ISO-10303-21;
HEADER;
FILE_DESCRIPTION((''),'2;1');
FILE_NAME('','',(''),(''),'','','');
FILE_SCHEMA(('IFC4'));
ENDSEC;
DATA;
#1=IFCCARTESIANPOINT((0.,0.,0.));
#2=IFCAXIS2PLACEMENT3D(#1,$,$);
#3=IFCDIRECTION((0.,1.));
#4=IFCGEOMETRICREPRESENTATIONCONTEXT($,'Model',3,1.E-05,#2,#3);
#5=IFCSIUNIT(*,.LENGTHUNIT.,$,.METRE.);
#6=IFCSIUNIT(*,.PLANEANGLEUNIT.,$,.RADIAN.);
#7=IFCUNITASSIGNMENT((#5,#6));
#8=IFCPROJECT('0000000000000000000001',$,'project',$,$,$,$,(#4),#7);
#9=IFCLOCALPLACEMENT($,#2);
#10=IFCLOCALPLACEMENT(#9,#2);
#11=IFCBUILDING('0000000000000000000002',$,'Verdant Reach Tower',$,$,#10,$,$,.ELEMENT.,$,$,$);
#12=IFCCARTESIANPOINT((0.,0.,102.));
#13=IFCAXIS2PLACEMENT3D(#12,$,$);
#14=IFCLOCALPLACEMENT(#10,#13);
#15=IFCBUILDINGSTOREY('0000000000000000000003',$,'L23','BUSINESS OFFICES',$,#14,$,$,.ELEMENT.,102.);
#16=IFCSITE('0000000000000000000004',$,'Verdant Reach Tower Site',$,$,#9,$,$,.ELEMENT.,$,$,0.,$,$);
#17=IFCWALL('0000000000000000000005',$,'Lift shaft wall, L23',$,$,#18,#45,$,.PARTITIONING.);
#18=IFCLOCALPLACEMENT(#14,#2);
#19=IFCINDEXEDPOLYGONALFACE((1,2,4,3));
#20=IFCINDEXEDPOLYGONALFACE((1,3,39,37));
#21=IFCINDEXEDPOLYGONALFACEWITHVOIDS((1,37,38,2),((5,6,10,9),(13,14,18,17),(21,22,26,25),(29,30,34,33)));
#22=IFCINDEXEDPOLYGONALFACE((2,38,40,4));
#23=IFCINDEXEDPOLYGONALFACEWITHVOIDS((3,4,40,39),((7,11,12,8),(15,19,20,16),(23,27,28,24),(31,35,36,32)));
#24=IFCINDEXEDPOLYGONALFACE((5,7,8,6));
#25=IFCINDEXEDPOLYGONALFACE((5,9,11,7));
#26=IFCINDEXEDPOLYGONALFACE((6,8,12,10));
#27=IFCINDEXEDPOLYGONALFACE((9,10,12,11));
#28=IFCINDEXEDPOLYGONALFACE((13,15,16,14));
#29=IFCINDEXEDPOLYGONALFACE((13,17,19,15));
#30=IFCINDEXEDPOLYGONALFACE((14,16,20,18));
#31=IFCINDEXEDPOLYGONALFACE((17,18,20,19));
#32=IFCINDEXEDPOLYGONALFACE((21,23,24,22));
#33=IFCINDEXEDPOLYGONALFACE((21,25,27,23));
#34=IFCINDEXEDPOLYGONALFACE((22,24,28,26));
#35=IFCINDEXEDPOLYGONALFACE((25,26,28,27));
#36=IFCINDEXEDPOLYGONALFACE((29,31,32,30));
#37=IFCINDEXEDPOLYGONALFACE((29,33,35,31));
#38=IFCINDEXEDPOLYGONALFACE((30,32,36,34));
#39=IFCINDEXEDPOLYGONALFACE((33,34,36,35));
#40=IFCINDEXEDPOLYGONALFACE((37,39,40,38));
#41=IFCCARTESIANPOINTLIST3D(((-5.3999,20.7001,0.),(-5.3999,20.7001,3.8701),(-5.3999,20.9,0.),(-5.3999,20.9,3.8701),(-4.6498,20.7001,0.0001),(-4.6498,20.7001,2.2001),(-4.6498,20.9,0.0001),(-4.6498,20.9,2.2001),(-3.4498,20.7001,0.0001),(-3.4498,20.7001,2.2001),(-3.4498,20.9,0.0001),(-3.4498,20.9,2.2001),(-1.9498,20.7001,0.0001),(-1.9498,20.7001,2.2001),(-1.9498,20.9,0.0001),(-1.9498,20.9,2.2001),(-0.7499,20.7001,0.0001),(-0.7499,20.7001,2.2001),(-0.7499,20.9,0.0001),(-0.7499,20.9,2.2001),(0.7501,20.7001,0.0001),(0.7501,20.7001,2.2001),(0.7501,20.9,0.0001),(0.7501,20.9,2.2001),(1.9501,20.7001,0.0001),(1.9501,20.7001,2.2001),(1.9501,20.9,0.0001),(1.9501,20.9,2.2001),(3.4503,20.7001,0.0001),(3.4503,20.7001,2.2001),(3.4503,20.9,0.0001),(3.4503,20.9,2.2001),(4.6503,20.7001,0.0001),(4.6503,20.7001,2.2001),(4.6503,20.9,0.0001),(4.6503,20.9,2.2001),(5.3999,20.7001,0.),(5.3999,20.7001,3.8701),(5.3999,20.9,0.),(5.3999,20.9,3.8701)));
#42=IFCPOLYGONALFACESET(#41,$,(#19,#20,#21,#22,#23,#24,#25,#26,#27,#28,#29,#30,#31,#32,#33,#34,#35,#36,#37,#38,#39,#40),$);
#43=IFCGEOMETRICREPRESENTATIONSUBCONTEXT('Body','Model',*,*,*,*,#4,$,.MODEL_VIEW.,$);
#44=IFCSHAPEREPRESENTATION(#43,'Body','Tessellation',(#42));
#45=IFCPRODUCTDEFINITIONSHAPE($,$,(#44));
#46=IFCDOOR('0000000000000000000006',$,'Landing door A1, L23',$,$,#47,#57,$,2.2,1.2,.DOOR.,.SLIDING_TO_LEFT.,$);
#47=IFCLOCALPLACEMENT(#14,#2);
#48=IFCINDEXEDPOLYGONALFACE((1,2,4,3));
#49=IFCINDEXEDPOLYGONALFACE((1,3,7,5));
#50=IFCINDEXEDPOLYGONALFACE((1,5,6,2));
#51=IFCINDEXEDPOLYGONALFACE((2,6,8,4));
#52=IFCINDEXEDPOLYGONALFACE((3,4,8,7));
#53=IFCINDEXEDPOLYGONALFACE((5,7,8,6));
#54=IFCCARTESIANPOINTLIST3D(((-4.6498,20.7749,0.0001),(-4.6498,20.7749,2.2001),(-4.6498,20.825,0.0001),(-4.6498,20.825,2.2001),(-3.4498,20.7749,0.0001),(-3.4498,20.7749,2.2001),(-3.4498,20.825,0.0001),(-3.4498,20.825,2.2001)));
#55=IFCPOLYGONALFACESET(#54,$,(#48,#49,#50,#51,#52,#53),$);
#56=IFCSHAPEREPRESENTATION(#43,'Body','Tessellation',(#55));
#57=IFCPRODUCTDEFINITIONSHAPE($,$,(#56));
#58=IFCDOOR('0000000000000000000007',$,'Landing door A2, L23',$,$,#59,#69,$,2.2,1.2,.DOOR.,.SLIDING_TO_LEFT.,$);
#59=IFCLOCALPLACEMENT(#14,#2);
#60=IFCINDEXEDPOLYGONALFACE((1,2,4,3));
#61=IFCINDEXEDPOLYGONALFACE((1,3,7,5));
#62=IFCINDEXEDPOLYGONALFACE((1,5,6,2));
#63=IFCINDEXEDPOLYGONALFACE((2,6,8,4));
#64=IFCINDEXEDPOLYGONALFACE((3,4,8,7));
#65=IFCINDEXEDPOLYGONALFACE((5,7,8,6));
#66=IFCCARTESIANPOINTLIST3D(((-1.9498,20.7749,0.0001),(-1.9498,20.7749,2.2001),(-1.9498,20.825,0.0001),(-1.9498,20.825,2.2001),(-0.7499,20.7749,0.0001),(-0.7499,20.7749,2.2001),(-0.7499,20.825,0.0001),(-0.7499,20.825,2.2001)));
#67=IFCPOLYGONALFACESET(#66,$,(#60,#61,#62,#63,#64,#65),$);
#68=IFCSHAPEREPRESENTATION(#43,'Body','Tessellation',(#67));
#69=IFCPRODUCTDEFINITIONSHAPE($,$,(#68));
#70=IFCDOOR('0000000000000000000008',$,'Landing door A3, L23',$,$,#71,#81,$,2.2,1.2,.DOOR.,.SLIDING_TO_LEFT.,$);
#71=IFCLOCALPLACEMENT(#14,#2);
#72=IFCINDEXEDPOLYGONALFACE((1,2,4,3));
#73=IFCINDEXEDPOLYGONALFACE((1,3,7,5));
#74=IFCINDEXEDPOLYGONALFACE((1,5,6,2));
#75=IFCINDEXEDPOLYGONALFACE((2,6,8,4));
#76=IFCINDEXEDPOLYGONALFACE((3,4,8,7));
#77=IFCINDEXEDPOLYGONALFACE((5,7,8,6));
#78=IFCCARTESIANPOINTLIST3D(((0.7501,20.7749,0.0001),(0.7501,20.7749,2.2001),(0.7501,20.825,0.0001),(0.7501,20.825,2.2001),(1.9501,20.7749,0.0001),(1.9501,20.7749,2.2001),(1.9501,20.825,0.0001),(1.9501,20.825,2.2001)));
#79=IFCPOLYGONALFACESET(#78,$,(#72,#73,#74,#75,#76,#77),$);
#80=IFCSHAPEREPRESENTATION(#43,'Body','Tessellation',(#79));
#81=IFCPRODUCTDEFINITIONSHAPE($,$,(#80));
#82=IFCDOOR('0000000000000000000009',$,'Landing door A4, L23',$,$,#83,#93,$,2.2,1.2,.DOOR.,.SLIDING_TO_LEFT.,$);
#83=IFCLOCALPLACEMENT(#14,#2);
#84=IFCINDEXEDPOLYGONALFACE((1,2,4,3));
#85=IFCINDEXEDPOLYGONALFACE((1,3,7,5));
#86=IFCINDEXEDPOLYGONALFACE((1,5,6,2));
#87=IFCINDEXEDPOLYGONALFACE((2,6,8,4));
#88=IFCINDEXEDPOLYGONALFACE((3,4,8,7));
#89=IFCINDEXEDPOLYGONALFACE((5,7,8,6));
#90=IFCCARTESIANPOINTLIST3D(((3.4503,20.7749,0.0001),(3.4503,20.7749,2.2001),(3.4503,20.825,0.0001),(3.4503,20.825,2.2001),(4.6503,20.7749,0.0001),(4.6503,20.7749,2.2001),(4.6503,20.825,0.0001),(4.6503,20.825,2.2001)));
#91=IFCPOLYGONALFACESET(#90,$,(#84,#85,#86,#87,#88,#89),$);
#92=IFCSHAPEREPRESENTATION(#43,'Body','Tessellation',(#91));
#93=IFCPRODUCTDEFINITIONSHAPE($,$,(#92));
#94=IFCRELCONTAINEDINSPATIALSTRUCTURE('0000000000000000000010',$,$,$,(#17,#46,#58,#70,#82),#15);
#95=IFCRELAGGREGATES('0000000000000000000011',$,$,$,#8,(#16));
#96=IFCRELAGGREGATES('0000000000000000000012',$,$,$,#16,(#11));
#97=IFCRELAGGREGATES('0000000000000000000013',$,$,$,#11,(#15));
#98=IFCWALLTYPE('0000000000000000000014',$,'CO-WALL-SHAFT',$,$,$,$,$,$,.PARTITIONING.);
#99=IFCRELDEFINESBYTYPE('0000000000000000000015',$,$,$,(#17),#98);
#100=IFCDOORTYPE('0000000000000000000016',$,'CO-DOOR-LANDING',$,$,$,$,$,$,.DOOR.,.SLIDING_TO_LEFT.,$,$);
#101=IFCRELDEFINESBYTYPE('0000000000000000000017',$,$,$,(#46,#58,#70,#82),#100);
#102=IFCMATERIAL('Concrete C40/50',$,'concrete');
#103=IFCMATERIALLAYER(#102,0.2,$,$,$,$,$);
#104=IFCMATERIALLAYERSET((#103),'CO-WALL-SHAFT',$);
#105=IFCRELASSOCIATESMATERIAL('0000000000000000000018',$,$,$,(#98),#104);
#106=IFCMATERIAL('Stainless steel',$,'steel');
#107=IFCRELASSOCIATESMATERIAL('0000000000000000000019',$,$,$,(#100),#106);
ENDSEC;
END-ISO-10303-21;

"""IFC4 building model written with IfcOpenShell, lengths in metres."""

from ifc_helpers import new_model, si_unit, direction, frame, frame_2d, origin, place, context, subcontext, project, spatial, rectangle, extrude, material, layer, layer_set, type_object, element, fill, save


model = new_model("IFC4")

# Units and contexts
model_context = context("Model", 3, precision=1e-05, world=origin(), true_north=direction((0.0, 1.0)))
body_context = subcontext(model_context, "Body", "Model", "MODEL_VIEW")
ifc_project = project(units=[si_unit("LENGTHUNIT", "METRE"), si_unit("PLANEANGLEUNIT", "RADIAN")], contexts=[model_context])

# Site, building, storey
site_placement = place(None, origin())
site = spatial("IfcSite", under=ifc_project, at=site_placement, Name="Verdant Reach Tower Site", CompositionType="ELEMENT", RefElevation=0.0)
building_placement = place(site_placement, origin())
building = spatial("IfcBuilding", under=site, at=building_placement, Name="Verdant Reach Tower", CompositionType="ELEMENT")
storey_placement = place(building_placement, frame((0.0, 0.0, 102.0)))
storey = spatial("IfcBuildingStorey", under=building, at=storey_placement, Name="L23", Description="BUSINESS OFFICES", CompositionType="ELEMENT", Elevation=102.0)

# Wall, openings, doors
ifc_material_1 = material(Name="Concrete C40/50", Category="concrete")
ifc_layer_1 = layer(ifc_material_1, 0.2)
ifc_layer_set_1 = layer_set([ifc_layer_1], Name="CO-WALL-SHAFT")
wall_type_1 = type_object("IfcWallType", Name="CO-WALL-SHAFT", PredefinedType="PARTITIONING", material=ifc_layer_set_1)
wall_1_placement = place(storey_placement, frame((-5.3999, 20.8, 0.0), z_axis=(0.0, 0.0, 1.0), x_axis=(1.0, 0.0, 0.0)))
wall_1 = element("IfcWall", 1, at=wall_1_placement, inside=storey, type_object=wall_type_1, Name="Lift shaft wall, L23", PredefinedType="PARTITIONING", context=body_context, shape_type="SweptSolid", body=[
    extrude(rectangle(XDim=10.7998, YDim=0.2, at=frame_2d((5.3999, 0.0))), origin(), (0.0, 0.0, 1.0), 3.8701),
])
opening_1_placement = place(wall_1_placement, frame((0.75, 0.0, 0.0)))
opening_1 = element("IfcOpeningElement", 2, at=opening_1_placement, cuts=wall_1, PredefinedType="OPENING", context=body_context, shape_type="SweptSolid", body=[
    extrude(rectangle(XDim=1.2, YDim=2.2, at=frame_2d((0.6001, 1.1001))), frame((0.0, 0.1099, 0.0), z_axis=(0.0, -1.0, 0.0), x_axis=(1.0, 0.0, 0.0)), (0.0, 0.0, 1.0), 0.22),
])
opening_2_placement = place(wall_1_placement, frame((3.45, 0.0, 0.0)))
opening_2 = element("IfcOpeningElement", 3, at=opening_2_placement, cuts=wall_1, PredefinedType="OPENING", context=body_context, shape_type="SweptSolid", body=[
    extrude(rectangle(XDim=1.2, YDim=2.2, at=frame_2d((0.6001, 1.1001))), frame((0.0, 0.1099, 0.0), z_axis=(0.0, -1.0, 0.0), x_axis=(1.0, 0.0, 0.0)), (0.0, 0.0, 1.0), 0.22),
])
opening_3_placement = place(wall_1_placement, frame((6.1499, 0.0, 0.0)))
opening_3 = element("IfcOpeningElement", 4, at=opening_3_placement, cuts=wall_1, PredefinedType="OPENING", context=body_context, shape_type="SweptSolid", body=[
    extrude(rectangle(XDim=1.2, YDim=2.2, at=frame_2d((0.6001, 1.1001))), frame((0.0, 0.1099, 0.0), z_axis=(0.0, -1.0, 0.0), x_axis=(1.0, 0.0, 0.0)), (0.0, 0.0, 1.0), 0.22),
])
opening_4_placement = place(wall_1_placement, frame((8.8501, 0.0, 0.0)))
opening_4 = element("IfcOpeningElement", 5, at=opening_4_placement, cuts=wall_1, PredefinedType="OPENING", context=body_context, shape_type="SweptSolid", body=[
    extrude(rectangle(XDim=1.2, YDim=2.2, at=frame_2d((0.6001, 1.1001))), frame((0.0, 0.1099, 0.0), z_axis=(0.0, -1.0, 0.0), x_axis=(1.0, 0.0, 0.0)), (0.0, 0.0, 1.0), 0.22),
])
ifc_material_2 = material(Name="Stainless steel", Category="steel")
door_type_1 = type_object("IfcDoorType", Name="CO-DOOR-LANDING", OperationType="SLIDING_TO_LEFT", PredefinedType="DOOR", material=ifc_material_2)
door_1_placement = place(opening_1_placement, origin())
door_1 = element("IfcDoor", 6, at=door_1_placement, inside=storey, type_object=door_type_1, Name="Landing door A1, L23", OperationType="SLIDING_TO_LEFT", OverallHeight=2.2, OverallWidth=1.2, PredefinedType="DOOR", context=body_context, shape_type="SweptSolid", body=[
    extrude(rectangle(XDim=1.2, YDim=2.2, at=frame_2d((0.6001, 1.1001))), frame((0.0, 0.0249, 0.0), z_axis=(0.0, -1.0, 0.0), x_axis=(1.0, 0.0, 0.0)), (0.0, 0.0, 1.0), 0.05),
])
fill(opening_1, door_1)
door_2_placement = place(opening_2_placement, origin())
door_2 = element("IfcDoor", 7, at=door_2_placement, inside=storey, type_object=door_type_1, Name="Landing door A2, L23", OperationType="SLIDING_TO_LEFT", OverallHeight=2.2, OverallWidth=1.2, PredefinedType="DOOR", context=body_context, shape_type="SweptSolid", body=[
    extrude(rectangle(XDim=1.2, YDim=2.2, at=frame_2d((0.6001, 1.1001))), frame((0.0, 0.0249, 0.0), z_axis=(0.0, -1.0, 0.0), x_axis=(1.0, 0.0, 0.0)), (0.0, 0.0, 1.0), 0.05),
])
fill(opening_2, door_2)
door_3_placement = place(opening_3_placement, origin())
door_3 = element("IfcDoor", 8, at=door_3_placement, inside=storey, type_object=door_type_1, Name="Landing door A3, L23", OperationType="SLIDING_TO_LEFT", OverallHeight=2.2, OverallWidth=1.2, PredefinedType="DOOR", context=body_context, shape_type="SweptSolid", body=[
    extrude(rectangle(XDim=1.2, YDim=2.2, at=frame_2d((0.6001, 1.1001))), frame((0.0, 0.0249, 0.0), z_axis=(0.0, -1.0, 0.0), x_axis=(1.0, 0.0, 0.0)), (0.0, 0.0, 1.0), 0.05),
])
fill(opening_3, door_3)
door_4_placement = place(opening_4_placement, origin())
door_4 = element("IfcDoor", 9, at=door_4_placement, inside=storey, type_object=door_type_1, Name="Landing door A4, L23", OperationType="SLIDING_TO_LEFT", OverallHeight=2.2, OverallWidth=1.2, PredefinedType="DOOR", context=body_context, shape_type="SweptSolid", body=[
    extrude(rectangle(XDim=1.2, YDim=2.2, at=frame_2d((0.6001, 1.1001))), frame((0.0, 0.0249, 0.0), z_axis=(0.0, -1.0, 0.0), x_axis=(1.0, 0.0, 0.0)), (0.0, 0.0, 1.0), 0.05),
])
fill(opening_4, door_4)

save(model, "model.ifc")
